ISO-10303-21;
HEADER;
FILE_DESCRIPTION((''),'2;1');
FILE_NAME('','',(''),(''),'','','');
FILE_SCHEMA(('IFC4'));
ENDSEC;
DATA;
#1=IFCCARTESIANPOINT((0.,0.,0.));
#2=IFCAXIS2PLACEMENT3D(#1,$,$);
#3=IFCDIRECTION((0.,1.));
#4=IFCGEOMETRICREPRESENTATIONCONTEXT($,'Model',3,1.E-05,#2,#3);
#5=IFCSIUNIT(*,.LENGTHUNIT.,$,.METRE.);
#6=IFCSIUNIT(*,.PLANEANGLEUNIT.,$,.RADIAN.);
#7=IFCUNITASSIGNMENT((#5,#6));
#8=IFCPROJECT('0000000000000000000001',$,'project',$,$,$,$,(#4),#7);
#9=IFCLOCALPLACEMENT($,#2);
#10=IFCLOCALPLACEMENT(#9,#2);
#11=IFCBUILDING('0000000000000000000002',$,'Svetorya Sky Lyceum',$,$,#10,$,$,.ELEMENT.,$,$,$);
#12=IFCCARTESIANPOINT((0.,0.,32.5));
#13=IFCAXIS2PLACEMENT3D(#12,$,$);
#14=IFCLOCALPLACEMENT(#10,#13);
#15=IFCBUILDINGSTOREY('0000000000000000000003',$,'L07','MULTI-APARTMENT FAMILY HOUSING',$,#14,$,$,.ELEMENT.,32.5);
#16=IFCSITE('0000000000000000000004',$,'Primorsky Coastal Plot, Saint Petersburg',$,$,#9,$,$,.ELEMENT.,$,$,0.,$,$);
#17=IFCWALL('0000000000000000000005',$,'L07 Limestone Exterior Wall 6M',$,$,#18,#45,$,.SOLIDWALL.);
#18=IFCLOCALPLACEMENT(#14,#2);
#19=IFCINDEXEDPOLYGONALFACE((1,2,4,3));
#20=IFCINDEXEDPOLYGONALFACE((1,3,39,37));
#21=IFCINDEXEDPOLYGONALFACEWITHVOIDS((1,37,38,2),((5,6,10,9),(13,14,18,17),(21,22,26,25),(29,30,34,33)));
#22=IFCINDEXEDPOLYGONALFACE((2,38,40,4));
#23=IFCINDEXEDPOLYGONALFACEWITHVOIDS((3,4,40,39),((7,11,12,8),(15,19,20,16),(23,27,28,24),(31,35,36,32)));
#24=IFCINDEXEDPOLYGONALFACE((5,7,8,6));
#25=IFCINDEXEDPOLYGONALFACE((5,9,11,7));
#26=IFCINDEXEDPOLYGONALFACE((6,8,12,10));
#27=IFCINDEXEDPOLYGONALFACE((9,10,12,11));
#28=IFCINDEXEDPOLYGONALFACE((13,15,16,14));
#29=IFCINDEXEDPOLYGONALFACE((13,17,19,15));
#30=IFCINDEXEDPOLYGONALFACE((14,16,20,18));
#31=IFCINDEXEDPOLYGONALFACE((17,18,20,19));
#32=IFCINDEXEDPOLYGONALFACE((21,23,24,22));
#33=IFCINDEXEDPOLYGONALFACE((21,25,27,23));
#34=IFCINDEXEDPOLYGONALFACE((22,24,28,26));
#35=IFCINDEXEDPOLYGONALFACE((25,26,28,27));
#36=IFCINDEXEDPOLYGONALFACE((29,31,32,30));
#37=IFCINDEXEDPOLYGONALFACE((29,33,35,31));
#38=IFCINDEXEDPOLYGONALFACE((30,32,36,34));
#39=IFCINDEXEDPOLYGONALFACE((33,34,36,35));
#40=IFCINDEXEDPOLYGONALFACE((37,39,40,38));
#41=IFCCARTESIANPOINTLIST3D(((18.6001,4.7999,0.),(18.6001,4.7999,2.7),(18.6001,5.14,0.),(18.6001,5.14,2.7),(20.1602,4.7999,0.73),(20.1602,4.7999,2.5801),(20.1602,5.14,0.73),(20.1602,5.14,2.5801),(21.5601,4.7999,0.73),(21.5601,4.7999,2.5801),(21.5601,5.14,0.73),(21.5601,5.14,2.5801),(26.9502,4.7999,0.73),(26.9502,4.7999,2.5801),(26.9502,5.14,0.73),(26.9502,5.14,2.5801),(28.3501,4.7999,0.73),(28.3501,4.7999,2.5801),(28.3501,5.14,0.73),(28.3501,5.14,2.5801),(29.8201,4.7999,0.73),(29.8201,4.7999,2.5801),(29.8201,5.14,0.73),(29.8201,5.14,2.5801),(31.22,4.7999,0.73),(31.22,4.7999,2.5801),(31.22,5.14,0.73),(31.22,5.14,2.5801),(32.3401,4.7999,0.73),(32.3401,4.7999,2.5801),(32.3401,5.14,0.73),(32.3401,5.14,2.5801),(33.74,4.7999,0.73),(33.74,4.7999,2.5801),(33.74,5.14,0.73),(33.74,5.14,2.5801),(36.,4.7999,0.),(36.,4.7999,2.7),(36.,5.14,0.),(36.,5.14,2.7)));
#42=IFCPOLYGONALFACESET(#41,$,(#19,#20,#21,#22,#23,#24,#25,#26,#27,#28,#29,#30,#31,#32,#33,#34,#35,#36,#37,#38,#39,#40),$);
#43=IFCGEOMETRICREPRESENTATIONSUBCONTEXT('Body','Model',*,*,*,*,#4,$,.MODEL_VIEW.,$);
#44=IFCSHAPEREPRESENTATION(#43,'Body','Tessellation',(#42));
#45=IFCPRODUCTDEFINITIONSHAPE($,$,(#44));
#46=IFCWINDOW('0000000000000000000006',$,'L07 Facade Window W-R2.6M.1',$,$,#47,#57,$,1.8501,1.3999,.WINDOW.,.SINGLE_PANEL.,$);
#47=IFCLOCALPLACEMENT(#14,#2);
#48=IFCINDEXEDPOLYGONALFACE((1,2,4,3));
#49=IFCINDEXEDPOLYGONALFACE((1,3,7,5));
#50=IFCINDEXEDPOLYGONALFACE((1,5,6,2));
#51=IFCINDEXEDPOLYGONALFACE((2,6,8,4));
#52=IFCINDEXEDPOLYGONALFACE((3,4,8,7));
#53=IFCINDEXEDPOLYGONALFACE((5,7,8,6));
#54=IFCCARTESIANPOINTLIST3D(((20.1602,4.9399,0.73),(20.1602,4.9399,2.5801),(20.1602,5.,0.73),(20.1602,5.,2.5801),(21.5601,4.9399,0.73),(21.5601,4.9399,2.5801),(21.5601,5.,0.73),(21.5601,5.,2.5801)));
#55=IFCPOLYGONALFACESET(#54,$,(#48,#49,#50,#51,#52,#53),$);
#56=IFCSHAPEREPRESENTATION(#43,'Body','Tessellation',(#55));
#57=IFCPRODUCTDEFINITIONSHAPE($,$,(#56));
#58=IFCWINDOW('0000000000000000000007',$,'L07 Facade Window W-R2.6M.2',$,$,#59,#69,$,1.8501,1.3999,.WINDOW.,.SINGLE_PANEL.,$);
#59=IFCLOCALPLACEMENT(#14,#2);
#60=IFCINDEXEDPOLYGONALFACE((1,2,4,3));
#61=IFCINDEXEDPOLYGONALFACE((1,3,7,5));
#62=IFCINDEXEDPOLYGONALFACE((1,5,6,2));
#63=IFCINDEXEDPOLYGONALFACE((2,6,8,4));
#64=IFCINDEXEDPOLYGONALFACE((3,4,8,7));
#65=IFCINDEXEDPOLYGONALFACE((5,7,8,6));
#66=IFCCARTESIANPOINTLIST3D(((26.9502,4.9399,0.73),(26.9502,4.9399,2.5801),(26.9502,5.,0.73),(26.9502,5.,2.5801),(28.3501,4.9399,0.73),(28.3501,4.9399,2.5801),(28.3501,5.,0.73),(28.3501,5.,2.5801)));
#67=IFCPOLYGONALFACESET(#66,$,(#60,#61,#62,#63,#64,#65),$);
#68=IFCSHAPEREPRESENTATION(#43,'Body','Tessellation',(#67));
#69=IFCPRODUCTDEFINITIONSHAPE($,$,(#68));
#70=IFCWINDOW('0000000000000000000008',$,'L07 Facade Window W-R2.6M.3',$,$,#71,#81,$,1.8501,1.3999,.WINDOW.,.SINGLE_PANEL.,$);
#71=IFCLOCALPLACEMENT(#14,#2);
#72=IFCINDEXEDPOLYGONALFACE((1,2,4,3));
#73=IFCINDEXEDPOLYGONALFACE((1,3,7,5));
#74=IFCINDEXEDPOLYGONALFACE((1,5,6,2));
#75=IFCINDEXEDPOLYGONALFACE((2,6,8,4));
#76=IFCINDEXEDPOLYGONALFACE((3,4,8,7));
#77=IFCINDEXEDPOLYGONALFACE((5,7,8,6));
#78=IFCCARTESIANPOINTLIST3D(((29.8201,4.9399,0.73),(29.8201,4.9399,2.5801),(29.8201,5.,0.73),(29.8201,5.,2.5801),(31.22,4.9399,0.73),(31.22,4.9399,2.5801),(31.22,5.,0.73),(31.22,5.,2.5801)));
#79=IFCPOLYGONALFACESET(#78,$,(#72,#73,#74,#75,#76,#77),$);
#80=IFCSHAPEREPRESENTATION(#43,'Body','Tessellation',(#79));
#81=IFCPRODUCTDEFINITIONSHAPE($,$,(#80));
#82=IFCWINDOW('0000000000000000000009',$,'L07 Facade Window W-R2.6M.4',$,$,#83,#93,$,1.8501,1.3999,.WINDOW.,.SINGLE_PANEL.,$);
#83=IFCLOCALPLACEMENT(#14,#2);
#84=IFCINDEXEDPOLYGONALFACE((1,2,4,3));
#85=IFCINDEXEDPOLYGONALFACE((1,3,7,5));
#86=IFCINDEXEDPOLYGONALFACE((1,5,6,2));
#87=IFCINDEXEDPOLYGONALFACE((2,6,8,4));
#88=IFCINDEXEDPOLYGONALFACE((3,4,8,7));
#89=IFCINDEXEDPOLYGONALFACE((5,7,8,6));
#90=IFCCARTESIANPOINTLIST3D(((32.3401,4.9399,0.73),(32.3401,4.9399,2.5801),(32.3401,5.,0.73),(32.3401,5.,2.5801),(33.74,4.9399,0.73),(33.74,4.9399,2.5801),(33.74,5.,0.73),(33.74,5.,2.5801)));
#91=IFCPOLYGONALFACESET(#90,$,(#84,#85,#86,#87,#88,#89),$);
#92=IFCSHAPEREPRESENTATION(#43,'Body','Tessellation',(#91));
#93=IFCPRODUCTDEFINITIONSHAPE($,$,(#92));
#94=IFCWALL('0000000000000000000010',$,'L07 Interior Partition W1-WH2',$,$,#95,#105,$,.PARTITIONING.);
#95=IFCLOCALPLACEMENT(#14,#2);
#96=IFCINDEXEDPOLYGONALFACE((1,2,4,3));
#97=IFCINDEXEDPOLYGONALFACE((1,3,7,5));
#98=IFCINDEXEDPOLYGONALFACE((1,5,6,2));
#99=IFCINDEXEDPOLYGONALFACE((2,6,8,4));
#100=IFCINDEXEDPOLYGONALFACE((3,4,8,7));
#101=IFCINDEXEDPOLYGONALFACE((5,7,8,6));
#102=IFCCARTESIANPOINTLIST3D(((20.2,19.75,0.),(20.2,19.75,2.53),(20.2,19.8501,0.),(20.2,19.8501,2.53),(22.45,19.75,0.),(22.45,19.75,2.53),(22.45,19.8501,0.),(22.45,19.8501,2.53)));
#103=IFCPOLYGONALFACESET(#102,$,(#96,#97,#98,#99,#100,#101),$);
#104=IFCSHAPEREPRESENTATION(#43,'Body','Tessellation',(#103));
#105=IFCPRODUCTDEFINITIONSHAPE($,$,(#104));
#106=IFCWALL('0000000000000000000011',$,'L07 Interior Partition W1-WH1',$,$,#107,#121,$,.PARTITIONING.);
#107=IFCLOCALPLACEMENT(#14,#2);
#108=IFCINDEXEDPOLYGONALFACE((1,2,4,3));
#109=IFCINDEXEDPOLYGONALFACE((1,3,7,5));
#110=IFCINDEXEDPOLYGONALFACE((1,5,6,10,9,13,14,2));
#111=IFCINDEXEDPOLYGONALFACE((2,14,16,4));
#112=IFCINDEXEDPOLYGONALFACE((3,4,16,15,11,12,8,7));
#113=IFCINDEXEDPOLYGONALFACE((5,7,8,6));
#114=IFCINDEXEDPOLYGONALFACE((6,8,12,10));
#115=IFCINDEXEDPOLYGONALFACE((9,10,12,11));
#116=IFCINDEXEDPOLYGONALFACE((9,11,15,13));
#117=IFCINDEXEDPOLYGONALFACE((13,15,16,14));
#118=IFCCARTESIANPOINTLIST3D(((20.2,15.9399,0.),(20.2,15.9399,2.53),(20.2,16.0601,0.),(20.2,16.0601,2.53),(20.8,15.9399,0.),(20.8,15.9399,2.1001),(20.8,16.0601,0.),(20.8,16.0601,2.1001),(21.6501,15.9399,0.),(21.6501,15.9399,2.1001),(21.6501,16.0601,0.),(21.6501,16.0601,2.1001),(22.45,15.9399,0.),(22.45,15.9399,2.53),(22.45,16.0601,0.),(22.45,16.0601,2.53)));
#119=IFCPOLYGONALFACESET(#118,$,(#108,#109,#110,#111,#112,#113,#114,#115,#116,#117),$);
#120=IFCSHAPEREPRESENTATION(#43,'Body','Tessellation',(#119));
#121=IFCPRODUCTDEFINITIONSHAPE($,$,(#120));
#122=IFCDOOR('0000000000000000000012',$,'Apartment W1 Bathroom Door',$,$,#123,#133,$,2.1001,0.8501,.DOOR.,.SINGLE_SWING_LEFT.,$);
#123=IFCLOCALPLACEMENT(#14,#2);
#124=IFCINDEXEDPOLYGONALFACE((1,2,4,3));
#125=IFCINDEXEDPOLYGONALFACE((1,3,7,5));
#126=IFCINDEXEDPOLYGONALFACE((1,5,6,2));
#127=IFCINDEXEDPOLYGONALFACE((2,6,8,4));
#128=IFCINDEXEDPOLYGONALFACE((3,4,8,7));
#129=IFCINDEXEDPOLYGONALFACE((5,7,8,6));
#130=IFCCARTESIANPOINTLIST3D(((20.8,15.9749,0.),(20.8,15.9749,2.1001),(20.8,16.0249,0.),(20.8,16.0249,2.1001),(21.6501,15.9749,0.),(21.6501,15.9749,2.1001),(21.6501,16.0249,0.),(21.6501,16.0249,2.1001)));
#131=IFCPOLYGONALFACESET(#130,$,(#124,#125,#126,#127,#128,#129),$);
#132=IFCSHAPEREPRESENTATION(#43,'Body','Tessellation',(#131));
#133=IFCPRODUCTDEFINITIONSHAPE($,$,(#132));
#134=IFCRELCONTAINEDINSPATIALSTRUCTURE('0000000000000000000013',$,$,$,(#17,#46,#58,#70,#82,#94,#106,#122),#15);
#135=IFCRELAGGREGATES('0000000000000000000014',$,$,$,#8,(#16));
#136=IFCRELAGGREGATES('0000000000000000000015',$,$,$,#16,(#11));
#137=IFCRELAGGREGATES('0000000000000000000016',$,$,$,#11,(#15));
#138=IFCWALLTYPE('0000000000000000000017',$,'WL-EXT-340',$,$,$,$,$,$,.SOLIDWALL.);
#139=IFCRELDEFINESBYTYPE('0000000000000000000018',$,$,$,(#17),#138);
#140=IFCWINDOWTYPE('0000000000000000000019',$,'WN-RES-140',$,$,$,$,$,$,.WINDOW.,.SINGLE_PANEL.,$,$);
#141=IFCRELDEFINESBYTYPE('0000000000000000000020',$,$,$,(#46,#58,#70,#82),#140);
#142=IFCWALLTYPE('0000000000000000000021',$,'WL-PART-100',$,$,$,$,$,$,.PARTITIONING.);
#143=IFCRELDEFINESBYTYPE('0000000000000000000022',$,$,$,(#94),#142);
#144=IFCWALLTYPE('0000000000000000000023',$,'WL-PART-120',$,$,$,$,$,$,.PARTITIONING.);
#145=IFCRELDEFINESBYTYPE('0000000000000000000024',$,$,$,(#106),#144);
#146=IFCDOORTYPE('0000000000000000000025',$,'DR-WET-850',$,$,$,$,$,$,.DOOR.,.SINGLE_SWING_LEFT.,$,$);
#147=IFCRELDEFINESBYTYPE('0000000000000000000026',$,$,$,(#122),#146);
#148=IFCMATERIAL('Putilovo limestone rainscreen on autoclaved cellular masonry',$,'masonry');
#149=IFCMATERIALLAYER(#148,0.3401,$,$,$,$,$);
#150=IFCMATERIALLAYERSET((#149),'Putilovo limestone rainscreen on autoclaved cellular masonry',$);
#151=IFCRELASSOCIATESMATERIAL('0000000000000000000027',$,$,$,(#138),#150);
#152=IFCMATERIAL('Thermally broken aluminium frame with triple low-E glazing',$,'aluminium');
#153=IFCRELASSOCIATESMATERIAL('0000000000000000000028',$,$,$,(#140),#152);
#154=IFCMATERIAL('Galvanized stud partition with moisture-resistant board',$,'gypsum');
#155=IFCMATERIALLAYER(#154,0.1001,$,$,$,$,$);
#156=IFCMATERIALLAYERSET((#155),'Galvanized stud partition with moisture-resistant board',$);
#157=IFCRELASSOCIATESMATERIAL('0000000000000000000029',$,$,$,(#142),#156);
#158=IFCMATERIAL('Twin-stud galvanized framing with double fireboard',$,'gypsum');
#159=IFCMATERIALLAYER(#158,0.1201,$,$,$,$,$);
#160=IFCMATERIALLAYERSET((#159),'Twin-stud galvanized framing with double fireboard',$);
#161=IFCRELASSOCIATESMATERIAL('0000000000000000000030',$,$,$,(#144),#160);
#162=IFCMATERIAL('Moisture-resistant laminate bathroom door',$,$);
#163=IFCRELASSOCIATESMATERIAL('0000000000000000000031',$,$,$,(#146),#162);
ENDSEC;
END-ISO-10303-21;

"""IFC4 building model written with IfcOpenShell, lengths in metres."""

from ifc_helpers import new_model, si_unit, direction, frame, frame_2d, origin, place, context, subcontext, project, spatial, rectangle, extrude, material, layer, layer_set, type_object, element, fill, save


model = new_model("IFC4")

# Units and contexts
model_context = context("Model", 3, precision=1e-05, world=origin(), true_north=direction((0.0, 1.0)))
body_context = subcontext(model_context, "Body", "Model", "MODEL_VIEW")
ifc_project = project(units=[si_unit("LENGTHUNIT", "METRE"), si_unit("PLANEANGLEUNIT", "RADIAN")], contexts=[model_context])

# Site, building, storey
site_placement = place(None, origin())
site = spatial("IfcSite", under=ifc_project, at=site_placement, Name="Primorsky Coastal Plot, Saint Petersburg", CompositionType="ELEMENT", RefElevation=0.0)
building_placement = place(site_placement, origin())
building = spatial("IfcBuilding", under=site, at=building_placement, Name="Svetorya Sky Lyceum", CompositionType="ELEMENT")
storey_placement = place(building_placement, frame((0.0, 0.0, 32.5)))
storey = spatial("IfcBuildingStorey", under=building, at=storey_placement, Name="L07", Description="MULTI-APARTMENT FAMILY HOUSING", CompositionType="ELEMENT", Elevation=32.5)

# Shared definitions
ifc_material_1 = material(Name="Putilovo limestone rainscreen on autoclaved cellular masonry", Category="masonry")
ifc_layer_1 = layer(ifc_material_1, 0.3401)
ifc_layer_set_1 = layer_set([ifc_layer_1], Name="Putilovo limestone rainscreen on autoclaved cellular masonry")
wall_type_1 = type_object("IfcWallType", Name="WL-EXT-340", PredefinedType="SOLIDWALL", material=ifc_layer_set_1)

# Wall, openings, windows
wall_1_placement = place(storey_placement, frame((18.6001, 4.97, 0.0), z_axis=(0.0, 0.0, 1.0), x_axis=(1.0, 0.0, 0.0)))
wall_1 = element("IfcWall", 1, at=wall_1_placement, inside=storey, type_object=wall_type_1, Name="L07 Limestone Exterior Wall 6M", PredefinedType="SOLIDWALL", context=body_context, shape_type="SweptSolid", body=[
    extrude(rectangle(XDim=17.3999, YDim=0.3401, at=frame_2d((8.7, 0.0))), origin(), (0.0, 0.0, 1.0), 2.7),
])
opening_1_placement = place(wall_1_placement, frame((1.5601, 0.0, 0.73)))
opening_1 = element("IfcOpeningElement", 2, at=opening_1_placement, cuts=wall_1, PredefinedType="OPENING", context=body_context, shape_type="SweptSolid", body=[
    extrude(rectangle(XDim=1.3999, YDim=1.8501, at=frame_2d((0.7, 0.925))), frame((0.0, 0.1799, 0.0), z_axis=(0.0, -1.0, 0.0), x_axis=(1.0, 0.0, 0.0)), (0.0, 0.0, 1.0), 0.3601),
])
opening_2_placement = place(wall_1_placement, frame((8.3501, 0.0, 0.73)))
opening_2 = element("IfcOpeningElement", 3, at=opening_2_placement, cuts=wall_1, PredefinedType="OPENING", context=body_context, shape_type="SweptSolid", body=[
    extrude(rectangle(XDim=1.3999, YDim=1.8501, at=frame_2d((0.7, 0.925))), frame((0.0, 0.1799, 0.0), z_axis=(0.0, -1.0, 0.0), x_axis=(1.0, 0.0, 0.0)), (0.0, 0.0, 1.0), 0.3601),
])
opening_3_placement = place(wall_1_placement, frame((11.22, 0.0, 0.73)))
opening_3 = element("IfcOpeningElement", 4, at=opening_3_placement, cuts=wall_1, PredefinedType="OPENING", context=body_context, shape_type="SweptSolid", body=[
    extrude(rectangle(XDim=1.3999, YDim=1.8501, at=frame_2d((0.7, 0.925))), frame((0.0, 0.1799, 0.0), z_axis=(0.0, -1.0, 0.0), x_axis=(1.0, 0.0, 0.0)), (0.0, 0.0, 1.0), 0.3601),
])
opening_4_placement = place(wall_1_placement, frame((13.74, 0.0, 0.73)))
opening_4 = element("IfcOpeningElement", 5, at=opening_4_placement, cuts=wall_1, PredefinedType="OPENING", context=body_context, shape_type="SweptSolid", body=[
    extrude(rectangle(XDim=1.3999, YDim=1.8501, at=frame_2d((0.7, 0.925))), frame((0.0, 0.1799, 0.0), z_axis=(0.0, -1.0, 0.0), x_axis=(1.0, 0.0, 0.0)), (0.0, 0.0, 1.0), 0.3601),
])
ifc_material_2 = material(Name="Thermally broken aluminium frame with triple low-E glazing", Category="aluminium")
window_type = type_object("IfcWindowType", Name="WN-RES-140", PartitioningType="SINGLE_PANEL", PredefinedType="WINDOW", material=ifc_material_2)
window_1_placement = place(opening_1_placement, origin())
window_1 = element("IfcWindow", 6, at=window_1_placement, inside=storey, type_object=window_type, Name="L07 Facade Window W-R2.6M.1", OverallHeight=1.8501, OverallWidth=1.3999, PartitioningType="SINGLE_PANEL", PredefinedType="WINDOW", context=body_context, shape_type="SweptSolid", body=[
    extrude(rectangle(XDim=1.3999, YDim=1.8501, at=frame_2d((0.7, 0.925))), frame((0.0, 0.03, 0.0), z_axis=(0.0, -1.0, 0.0), x_axis=(1.0, 0.0, 0.0)), (0.0, 0.0, 1.0), 0.0601),
])
fill(opening_1, window_1)
window_2_placement = place(opening_2_placement, origin())
window_2 = element("IfcWindow", 7, at=window_2_placement, inside=storey, type_object=window_type, Name="L07 Facade Window W-R2.6M.2", OverallHeight=1.8501, OverallWidth=1.3999, PartitioningType="SINGLE_PANEL", PredefinedType="WINDOW", context=body_context, shape_type="SweptSolid", body=[
    extrude(rectangle(XDim=1.3999, YDim=1.8501, at=frame_2d((0.7, 0.925))), frame((0.0, 0.03, 0.0), z_axis=(0.0, -1.0, 0.0), x_axis=(1.0, 0.0, 0.0)), (0.0, 0.0, 1.0), 0.0601),
])
fill(opening_2, window_2)
window_3_placement = place(opening_3_placement, origin())
window_3 = element("IfcWindow", 8, at=window_3_placement, inside=storey, type_object=window_type, Name="L07 Facade Window W-R2.6M.3", OverallHeight=1.8501, OverallWidth=1.3999, PartitioningType="SINGLE_PANEL", PredefinedType="WINDOW", context=body_context, shape_type="SweptSolid", body=[
    extrude(rectangle(XDim=1.3999, YDim=1.8501, at=frame_2d((0.7, 0.925))), frame((0.0, 0.03, 0.0), z_axis=(0.0, -1.0, 0.0), x_axis=(1.0, 0.0, 0.0)), (0.0, 0.0, 1.0), 0.0601),
])
fill(opening_3, window_3)
window_4_placement = place(opening_4_placement, origin())
window_4 = element("IfcWindow", 9, at=window_4_placement, inside=storey, type_object=window_type, Name="L07 Facade Window W-R2.6M.4", OverallHeight=1.8501, OverallWidth=1.3999, PartitioningType="SINGLE_PANEL", PredefinedType="WINDOW", context=body_context, shape_type="SweptSolid", body=[
    extrude(rectangle(XDim=1.3999, YDim=1.8501, at=frame_2d((0.7, 0.925))), frame((0.0, 0.03, 0.0), z_axis=(0.0, -1.0, 0.0), x_axis=(1.0, 0.0, 0.0)), (0.0, 0.0, 1.0), 0.0601),
])
fill(opening_4, window_4)

# Wall
ifc_material_3 = material(Name="Galvanized stud partition with moisture-resistant board", Category="gypsum")
ifc_layer_2 = layer(ifc_material_3, 0.1001)
ifc_layer_set_2 = layer_set([ifc_layer_2], Name="Galvanized stud partition with moisture-resistant board")
wall_type_2 = type_object("IfcWallType", Name="WL-PART-100", PredefinedType="PARTITIONING", material=ifc_layer_set_2)
wall_2_placement = place(storey_placement, frame((20.2, 19.8, 0.0), z_axis=(0.0, 0.0, 1.0), x_axis=(1.0, 0.0, 0.0)))
element("IfcWall", 10, at=wall_2_placement, inside=storey, type_object=wall_type_2, Name="L07 Interior Partition W1-WH2", PredefinedType="PARTITIONING", context=body_context, shape_type="SweptSolid", body=[
    extrude(rectangle(XDim=2.25, YDim=0.1001, at=frame_2d((1.125, 0.0))), origin(), (0.0, 0.0, 1.0), 2.53),
])

# Wall, opening, door
ifc_material_4 = material(Name="Twin-stud galvanized framing with double fireboard", Category="gypsum")
ifc_layer_3 = layer(ifc_material_4, 0.1201)
ifc_layer_set_3 = layer_set([ifc_layer_3], Name="Twin-stud galvanized framing with double fireboard")
wall_type_3 = type_object("IfcWallType", Name="WL-PART-120", PredefinedType="PARTITIONING", material=ifc_layer_set_3)
wall_3_placement = place(storey_placement, frame((20.2, 16.0, 0.0), z_axis=(0.0, 0.0, 1.0), x_axis=(1.0, 0.0, 0.0)))
wall_3 = element("IfcWall", 11, at=wall_3_placement, inside=storey, type_object=wall_type_3, Name="L07 Interior Partition W1-WH1", PredefinedType="PARTITIONING", context=body_context, shape_type="SweptSolid", body=[
    extrude(rectangle(XDim=2.25, YDim=0.1201, at=frame_2d((1.125, 0.0))), origin(), (0.0, 0.0, 1.0), 2.53),
])
opening_5_placement = place(wall_3_placement, frame((0.6001, 0.0, 0.0)))
opening_5 = element("IfcOpeningElement", 12, at=opening_5_placement, cuts=wall_3, PredefinedType="OPENING", context=body_context, shape_type="SweptSolid", body=[
    extrude(rectangle(XDim=0.8501, YDim=2.1001, at=frame_2d((0.425, 1.05))), frame((0.0, 0.0701, 0.0), z_axis=(0.0, -1.0, 0.0), x_axis=(1.0, 0.0, 0.0)), (0.0, 0.0, 1.0), 0.1401),
])
ifc_material_5 = material(Name="Moisture-resistant laminate bathroom door")
door_type_1 = type_object("IfcDoorType", Name="DR-WET-850", OperationType="SINGLE_SWING_LEFT", PredefinedType="DOOR", material=ifc_material_5)
door_1_placement = place(opening_5_placement, origin())
door_1 = element("IfcDoor", 13, at=door_1_placement, inside=storey, type_object=door_type_1, Name="Apartment W1 Bathroom Door", OperationType="SINGLE_SWING_LEFT", OverallHeight=2.1001, OverallWidth=0.8501, PredefinedType="DOOR", context=body_context, shape_type="SweptSolid", body=[
    extrude(rectangle(XDim=0.8501, YDim=2.1001, at=frame_2d((0.425, 1.05))), frame((0.0, 0.0249, 0.0), z_axis=(0.0, -1.0, 0.0), x_axis=(1.0, 0.0, 0.0)), (0.0, 0.0, 1.0), 0.05),
])
fill(opening_5, door_1)

save(model, "model.ifc")
